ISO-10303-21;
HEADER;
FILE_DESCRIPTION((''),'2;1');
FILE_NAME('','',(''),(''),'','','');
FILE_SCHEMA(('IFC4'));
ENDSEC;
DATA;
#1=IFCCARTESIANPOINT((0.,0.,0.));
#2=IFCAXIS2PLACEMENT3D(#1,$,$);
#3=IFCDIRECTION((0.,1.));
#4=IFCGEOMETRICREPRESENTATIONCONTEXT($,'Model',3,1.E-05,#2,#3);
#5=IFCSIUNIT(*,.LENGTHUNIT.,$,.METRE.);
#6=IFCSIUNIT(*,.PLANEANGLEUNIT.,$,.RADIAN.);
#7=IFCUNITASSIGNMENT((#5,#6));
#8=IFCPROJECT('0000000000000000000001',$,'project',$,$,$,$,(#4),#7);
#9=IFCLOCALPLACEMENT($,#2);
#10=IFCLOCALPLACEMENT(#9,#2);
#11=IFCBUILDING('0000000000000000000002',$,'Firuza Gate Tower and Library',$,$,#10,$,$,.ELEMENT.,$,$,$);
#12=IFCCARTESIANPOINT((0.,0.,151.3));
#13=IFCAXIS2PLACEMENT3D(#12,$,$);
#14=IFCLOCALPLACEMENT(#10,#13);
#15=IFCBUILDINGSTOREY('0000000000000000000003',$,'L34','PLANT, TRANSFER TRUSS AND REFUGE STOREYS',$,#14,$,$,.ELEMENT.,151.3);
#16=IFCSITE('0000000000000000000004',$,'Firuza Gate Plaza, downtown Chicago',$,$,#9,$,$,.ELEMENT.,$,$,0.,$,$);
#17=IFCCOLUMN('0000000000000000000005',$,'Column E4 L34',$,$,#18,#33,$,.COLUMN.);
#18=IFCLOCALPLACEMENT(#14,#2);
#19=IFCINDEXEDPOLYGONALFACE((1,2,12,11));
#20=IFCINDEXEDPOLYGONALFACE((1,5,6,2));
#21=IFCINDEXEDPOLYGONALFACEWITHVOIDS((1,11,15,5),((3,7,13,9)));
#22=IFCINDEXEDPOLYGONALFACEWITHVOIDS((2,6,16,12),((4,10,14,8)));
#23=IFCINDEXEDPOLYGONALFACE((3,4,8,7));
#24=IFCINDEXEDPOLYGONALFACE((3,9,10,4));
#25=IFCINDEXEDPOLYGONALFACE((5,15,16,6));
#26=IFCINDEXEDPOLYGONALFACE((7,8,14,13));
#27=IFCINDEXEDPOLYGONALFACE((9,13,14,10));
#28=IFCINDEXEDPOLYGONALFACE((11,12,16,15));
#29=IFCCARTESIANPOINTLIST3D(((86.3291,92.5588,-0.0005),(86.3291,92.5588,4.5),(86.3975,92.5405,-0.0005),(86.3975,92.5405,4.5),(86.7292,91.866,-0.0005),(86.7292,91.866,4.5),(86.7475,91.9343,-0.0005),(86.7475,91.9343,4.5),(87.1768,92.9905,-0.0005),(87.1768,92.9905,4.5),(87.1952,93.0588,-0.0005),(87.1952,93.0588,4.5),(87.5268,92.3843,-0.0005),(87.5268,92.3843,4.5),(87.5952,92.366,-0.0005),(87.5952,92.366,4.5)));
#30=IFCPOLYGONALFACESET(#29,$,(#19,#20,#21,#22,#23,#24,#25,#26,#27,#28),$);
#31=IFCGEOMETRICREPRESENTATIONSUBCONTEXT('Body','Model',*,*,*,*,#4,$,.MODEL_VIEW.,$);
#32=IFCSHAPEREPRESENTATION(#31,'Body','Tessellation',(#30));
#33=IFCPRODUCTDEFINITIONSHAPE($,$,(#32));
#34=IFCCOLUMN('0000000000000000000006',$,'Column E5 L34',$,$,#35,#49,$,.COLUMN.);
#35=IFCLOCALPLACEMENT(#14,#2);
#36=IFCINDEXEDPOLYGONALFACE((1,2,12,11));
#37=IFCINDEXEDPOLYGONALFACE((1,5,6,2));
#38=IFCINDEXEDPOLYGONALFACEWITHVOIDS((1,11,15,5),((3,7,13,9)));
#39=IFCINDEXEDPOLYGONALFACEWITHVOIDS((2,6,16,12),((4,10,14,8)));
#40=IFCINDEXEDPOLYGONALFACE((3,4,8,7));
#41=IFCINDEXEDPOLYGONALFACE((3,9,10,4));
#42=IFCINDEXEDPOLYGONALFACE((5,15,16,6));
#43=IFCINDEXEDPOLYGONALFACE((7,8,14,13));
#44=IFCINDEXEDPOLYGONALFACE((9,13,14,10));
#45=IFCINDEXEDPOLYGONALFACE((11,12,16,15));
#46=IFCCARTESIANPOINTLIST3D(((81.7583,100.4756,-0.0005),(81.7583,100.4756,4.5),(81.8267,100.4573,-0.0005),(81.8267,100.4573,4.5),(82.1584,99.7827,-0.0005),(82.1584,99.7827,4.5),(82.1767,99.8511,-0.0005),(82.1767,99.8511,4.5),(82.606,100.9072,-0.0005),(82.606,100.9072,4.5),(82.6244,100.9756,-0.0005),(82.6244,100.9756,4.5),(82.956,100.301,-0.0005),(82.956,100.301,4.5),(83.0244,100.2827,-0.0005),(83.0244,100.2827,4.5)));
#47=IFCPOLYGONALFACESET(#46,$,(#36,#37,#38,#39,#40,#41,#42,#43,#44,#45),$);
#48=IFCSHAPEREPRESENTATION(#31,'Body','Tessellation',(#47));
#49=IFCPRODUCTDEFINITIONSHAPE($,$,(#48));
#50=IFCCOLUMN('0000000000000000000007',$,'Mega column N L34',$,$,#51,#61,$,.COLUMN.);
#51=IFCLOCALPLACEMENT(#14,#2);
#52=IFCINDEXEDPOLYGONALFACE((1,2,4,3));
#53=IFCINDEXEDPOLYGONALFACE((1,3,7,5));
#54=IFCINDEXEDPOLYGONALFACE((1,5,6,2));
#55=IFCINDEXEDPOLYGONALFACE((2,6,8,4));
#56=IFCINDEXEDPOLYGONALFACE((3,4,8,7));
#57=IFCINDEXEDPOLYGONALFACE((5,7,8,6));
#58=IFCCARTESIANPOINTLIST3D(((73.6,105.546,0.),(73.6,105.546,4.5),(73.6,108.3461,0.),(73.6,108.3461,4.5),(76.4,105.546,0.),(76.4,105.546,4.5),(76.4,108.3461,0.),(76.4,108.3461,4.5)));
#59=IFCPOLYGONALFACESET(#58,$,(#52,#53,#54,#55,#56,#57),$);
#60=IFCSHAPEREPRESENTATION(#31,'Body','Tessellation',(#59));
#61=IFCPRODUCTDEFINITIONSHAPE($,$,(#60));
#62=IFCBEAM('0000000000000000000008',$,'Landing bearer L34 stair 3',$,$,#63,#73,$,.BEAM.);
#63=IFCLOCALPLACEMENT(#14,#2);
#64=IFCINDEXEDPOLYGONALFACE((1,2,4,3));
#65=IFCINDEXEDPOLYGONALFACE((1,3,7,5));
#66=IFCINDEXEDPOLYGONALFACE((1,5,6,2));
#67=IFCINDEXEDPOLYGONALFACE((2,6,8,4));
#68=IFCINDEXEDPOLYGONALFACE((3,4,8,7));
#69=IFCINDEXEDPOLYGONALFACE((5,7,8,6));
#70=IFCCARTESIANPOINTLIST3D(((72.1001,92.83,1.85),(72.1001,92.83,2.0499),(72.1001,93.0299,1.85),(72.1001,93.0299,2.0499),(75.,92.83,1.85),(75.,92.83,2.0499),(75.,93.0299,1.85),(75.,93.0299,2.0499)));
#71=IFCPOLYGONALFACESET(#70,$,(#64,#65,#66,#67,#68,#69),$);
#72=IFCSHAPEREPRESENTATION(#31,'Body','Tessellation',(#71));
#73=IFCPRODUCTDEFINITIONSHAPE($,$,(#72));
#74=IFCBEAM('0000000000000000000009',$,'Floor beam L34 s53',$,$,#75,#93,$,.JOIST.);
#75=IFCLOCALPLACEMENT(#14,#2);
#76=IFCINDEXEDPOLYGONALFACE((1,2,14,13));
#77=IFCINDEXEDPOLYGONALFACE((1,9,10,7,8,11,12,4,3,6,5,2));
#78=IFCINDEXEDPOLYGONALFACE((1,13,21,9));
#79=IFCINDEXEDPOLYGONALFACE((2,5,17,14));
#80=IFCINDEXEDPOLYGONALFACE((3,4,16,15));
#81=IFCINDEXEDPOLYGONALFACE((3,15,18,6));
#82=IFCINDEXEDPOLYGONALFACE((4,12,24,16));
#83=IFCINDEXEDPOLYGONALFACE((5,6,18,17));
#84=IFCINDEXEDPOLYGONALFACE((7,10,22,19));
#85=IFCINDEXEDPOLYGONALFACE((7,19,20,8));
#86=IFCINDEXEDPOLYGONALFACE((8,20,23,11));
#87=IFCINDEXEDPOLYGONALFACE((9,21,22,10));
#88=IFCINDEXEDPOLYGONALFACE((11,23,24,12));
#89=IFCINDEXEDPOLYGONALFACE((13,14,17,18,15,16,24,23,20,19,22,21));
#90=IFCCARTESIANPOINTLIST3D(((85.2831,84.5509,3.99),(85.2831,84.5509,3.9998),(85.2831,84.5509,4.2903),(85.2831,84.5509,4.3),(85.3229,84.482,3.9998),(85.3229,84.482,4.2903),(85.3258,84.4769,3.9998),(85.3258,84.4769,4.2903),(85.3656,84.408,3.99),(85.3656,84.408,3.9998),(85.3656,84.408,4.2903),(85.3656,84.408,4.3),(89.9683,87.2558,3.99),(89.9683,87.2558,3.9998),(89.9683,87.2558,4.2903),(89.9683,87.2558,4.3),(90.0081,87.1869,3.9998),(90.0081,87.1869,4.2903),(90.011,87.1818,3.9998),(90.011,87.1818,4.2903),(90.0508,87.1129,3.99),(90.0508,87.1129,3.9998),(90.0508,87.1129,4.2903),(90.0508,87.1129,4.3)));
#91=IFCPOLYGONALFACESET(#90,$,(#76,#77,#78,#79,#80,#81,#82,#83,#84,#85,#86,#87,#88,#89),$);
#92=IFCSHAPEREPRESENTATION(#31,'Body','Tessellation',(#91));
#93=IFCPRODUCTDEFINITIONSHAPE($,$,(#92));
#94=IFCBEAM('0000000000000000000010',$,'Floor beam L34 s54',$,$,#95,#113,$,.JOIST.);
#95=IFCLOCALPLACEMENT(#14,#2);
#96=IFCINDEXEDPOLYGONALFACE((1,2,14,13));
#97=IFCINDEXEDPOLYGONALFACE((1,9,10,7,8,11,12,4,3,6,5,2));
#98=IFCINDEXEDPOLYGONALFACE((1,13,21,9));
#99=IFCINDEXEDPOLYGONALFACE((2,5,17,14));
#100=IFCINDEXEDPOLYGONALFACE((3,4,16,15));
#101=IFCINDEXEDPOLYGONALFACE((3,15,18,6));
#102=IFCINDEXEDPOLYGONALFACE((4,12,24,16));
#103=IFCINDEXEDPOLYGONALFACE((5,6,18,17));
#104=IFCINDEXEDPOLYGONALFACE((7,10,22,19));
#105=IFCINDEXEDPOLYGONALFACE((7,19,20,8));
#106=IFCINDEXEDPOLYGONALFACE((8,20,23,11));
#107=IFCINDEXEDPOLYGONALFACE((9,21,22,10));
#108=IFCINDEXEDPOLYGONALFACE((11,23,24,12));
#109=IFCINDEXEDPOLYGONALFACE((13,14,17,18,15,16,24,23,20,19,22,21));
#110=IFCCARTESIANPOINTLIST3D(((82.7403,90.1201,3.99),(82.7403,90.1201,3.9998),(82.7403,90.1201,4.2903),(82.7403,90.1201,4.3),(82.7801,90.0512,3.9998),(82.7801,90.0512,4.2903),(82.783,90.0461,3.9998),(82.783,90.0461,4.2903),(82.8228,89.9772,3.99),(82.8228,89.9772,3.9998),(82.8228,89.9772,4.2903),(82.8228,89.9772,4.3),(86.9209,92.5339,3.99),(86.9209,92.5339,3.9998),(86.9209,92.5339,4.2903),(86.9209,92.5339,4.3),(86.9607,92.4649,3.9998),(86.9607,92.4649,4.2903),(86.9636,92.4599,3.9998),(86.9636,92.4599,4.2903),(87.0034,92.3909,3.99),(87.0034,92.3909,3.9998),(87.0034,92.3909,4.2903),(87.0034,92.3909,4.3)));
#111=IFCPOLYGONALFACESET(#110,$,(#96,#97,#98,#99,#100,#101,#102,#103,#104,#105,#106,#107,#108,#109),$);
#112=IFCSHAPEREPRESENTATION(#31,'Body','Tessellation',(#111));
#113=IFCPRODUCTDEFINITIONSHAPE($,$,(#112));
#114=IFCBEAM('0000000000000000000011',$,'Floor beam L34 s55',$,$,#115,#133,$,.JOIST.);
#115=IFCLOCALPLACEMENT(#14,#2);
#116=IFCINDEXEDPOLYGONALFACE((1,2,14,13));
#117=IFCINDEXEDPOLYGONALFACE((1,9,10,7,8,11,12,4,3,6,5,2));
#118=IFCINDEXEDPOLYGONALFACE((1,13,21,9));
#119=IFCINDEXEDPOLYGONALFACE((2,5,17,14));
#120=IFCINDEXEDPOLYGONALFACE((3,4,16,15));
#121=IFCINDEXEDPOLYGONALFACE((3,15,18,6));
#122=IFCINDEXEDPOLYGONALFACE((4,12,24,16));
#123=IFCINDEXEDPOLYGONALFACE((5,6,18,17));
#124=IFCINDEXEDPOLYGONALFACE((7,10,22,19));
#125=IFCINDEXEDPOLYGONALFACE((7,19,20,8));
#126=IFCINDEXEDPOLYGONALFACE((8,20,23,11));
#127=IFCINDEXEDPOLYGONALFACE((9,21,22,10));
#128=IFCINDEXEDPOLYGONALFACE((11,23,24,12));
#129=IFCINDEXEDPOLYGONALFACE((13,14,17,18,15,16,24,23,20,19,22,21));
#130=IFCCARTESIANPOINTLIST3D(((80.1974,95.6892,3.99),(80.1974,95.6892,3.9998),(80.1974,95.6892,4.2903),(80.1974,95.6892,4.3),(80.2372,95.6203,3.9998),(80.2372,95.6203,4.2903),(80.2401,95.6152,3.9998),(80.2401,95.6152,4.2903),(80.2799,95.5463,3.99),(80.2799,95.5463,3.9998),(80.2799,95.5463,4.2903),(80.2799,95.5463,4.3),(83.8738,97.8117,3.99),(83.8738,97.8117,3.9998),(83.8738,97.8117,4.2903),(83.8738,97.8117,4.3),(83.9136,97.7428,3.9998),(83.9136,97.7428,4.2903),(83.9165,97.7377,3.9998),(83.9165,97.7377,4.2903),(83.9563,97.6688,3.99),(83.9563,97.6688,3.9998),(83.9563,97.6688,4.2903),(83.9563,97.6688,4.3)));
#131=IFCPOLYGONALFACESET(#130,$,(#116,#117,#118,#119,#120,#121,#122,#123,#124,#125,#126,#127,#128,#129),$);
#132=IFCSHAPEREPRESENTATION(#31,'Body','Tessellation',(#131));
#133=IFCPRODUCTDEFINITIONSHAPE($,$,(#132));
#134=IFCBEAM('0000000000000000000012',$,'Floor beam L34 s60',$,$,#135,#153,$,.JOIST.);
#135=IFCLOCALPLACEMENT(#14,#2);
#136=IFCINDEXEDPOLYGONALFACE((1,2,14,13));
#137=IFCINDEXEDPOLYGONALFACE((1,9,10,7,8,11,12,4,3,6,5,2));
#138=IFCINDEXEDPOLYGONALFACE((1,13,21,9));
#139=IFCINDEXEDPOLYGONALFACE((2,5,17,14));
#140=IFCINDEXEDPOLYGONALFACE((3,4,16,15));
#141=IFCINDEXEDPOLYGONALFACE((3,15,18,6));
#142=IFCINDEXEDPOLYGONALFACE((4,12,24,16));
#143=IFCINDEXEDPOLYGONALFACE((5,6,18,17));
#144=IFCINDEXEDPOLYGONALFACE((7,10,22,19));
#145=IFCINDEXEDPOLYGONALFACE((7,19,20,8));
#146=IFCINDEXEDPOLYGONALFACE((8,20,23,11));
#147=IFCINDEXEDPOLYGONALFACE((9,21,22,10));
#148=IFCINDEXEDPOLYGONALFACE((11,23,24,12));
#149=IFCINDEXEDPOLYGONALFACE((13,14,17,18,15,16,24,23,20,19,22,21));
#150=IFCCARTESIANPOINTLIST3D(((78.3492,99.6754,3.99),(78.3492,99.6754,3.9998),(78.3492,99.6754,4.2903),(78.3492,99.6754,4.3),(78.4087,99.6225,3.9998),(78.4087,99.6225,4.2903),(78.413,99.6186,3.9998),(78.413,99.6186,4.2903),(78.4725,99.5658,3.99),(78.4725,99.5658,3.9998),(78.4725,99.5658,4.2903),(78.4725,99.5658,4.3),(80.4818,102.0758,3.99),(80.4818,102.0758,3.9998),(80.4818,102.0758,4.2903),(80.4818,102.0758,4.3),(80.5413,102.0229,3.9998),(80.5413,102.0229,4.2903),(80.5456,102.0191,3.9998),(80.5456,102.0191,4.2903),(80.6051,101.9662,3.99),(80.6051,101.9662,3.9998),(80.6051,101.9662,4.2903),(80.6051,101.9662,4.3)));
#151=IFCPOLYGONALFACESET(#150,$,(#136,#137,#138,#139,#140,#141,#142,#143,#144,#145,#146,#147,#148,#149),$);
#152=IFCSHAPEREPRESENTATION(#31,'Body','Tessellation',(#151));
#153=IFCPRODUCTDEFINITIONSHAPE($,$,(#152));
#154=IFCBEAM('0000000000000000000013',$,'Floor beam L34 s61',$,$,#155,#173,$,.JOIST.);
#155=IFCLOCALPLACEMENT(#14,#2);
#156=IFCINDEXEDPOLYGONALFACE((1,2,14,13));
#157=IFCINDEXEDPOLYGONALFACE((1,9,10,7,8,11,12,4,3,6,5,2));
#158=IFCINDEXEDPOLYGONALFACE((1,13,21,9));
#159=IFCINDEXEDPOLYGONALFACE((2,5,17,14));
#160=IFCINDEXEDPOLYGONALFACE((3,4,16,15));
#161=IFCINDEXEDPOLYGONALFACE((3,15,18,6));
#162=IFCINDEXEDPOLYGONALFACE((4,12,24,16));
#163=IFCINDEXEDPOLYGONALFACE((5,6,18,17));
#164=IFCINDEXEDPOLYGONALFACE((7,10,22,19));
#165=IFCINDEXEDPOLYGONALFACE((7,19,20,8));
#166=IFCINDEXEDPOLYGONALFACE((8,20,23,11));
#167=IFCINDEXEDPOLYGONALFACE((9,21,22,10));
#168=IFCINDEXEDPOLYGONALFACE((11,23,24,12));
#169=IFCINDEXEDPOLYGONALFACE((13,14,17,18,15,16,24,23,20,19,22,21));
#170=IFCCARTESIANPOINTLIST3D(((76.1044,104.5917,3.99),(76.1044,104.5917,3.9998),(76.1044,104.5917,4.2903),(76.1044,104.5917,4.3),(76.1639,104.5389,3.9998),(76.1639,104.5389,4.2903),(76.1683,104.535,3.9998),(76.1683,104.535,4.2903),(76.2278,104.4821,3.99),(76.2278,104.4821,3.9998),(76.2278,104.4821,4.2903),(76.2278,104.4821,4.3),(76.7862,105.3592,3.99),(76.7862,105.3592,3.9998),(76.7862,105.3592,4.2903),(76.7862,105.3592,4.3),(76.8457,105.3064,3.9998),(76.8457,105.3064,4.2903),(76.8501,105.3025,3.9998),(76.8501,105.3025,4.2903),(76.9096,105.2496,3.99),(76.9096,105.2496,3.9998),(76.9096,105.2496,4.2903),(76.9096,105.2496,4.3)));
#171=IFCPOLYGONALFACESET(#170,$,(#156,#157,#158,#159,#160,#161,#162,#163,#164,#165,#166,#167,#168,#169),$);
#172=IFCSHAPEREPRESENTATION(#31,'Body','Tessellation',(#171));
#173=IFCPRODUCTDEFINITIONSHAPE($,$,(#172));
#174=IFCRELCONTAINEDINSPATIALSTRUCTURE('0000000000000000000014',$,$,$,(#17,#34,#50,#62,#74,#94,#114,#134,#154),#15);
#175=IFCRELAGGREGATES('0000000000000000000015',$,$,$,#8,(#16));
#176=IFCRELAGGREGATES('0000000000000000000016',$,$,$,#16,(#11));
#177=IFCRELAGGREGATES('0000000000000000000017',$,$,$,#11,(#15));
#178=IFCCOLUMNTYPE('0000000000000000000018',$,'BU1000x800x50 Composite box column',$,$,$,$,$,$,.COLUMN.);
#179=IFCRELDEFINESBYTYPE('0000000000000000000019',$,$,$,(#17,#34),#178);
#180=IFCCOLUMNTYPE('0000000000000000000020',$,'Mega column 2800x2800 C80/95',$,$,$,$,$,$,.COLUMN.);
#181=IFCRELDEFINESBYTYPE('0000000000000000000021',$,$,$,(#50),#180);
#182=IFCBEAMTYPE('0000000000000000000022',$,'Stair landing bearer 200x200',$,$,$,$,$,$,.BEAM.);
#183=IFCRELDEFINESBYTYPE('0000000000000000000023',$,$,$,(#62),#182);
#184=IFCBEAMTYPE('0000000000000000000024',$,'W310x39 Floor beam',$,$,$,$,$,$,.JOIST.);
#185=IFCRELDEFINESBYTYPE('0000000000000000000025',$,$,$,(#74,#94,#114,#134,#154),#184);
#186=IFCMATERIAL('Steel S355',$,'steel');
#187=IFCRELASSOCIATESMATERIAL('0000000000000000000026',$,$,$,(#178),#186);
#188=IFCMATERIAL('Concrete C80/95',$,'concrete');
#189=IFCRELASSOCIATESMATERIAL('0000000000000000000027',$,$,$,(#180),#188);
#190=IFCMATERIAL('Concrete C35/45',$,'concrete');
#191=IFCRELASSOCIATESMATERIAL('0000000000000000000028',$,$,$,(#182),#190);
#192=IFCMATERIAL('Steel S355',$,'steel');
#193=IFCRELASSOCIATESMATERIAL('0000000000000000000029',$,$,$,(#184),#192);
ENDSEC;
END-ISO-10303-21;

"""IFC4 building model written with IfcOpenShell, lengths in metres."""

from ifc_helpers import new_model, si_unit, direction, frame, origin, origin_2d, place, context, subcontext, project, spatial, rectangle, hollow_rectangle, i_section, extrude, material, material_profile, profile_set, type_object, element, save


model = new_model("IFC4")

# Units and contexts
model_context = context("Model", 3, precision=1e-05, world=origin(), true_north=direction((0.0, 1.0)))
body_context = subcontext(model_context, "Body", "Model", "MODEL_VIEW")
ifc_project = project(units=[si_unit("LENGTHUNIT", "METRE"), si_unit("PLANEANGLEUNIT", "RADIAN")], contexts=[model_context])

# Site, building, storey
site_placement = place(None, origin())
site = spatial("IfcSite", under=ifc_project, at=site_placement, Name="Firuza Gate Plaza, downtown Chicago", CompositionType="ELEMENT", RefElevation=0.0)
building_placement = place(site_placement, origin())
building = spatial("IfcBuilding", under=site, at=building_placement, Name="Firuza Gate Tower and Library", CompositionType="ELEMENT")
storey_placement = place(building_placement, frame((0.0, 0.0, 151.3)))
storey = spatial("IfcBuildingStorey", under=building, at=storey_placement, Name="L34", Description="PLANT, TRANSFER TRUSS AND REFUGE STOREYS", CompositionType="ELEMENT", Elevation=151.3)

# Columns
ifc_material_1 = material(Name="Steel S355", Category="steel")
ifc_material_profile_1 = material_profile(ifc_material_1, hollow_rectangle(XDim=0.8, YDim=1.0, WallThickness=0.05, at=origin_2d()))
ifc_profile_set_1 = profile_set([ifc_material_profile_1], Name="Steel S355")
column_type_1 = type_object("IfcColumnType", Name="BU1000x800x50 Composite box column", PredefinedType="COLUMN", material=ifc_profile_set_1)
for number, where, z_axis, x_axis, name in (
    (1, (86.9622, 92.4624, -0.0005), (0.0, 0.0, 1.0), (-0.5, 0.866025, 0.0), "Column E4 L34"),
    (2, (82.3914, 100.3792, -0.0005), (0.0, 0.0, 1.0), (-0.5, 0.866025, 0.0), "Column E5 L34"),
):
    element("IfcColumn", number, at=place(storey_placement, frame(where, z_axis=z_axis, x_axis=x_axis)), inside=storey, type_object=column_type_1, Name=name, PredefinedType="COLUMN", context=body_context, shape_type="SweptSolid", body=[
        extrude(hollow_rectangle(XDim=0.8, YDim=1.0, WallThickness=0.05, at=origin_2d()), origin(), (0.0, 0.0, 1.0), 4.5005),
    ])
ifc_material_2 = material(Name="Concrete C80/95", Category="concrete")
ifc_material_profile_2 = material_profile(ifc_material_2, rectangle(XDim=2.8, YDim=2.8, at=origin_2d()))
ifc_profile_set_2 = profile_set([ifc_material_profile_2], Name="Concrete C80/95")
column_type_2 = type_object("IfcColumnType", Name="Mega column 2800x2800 C80/95", PredefinedType="COLUMN", material=ifc_profile_set_2)
column_placement = place(storey_placement, frame((75.0, 106.946, 0.0), z_axis=(0.0, 0.0, 1.0), x_axis=(-1.0, 0.0, 0.0)))
element("IfcColumn", 3, at=column_placement, inside=storey, type_object=column_type_2, Name="Mega column N L34", PredefinedType="COLUMN", context=body_context, shape_type="SweptSolid", body=[
    extrude(rectangle(XDim=2.8, YDim=2.8, at=origin_2d()), origin(), (0.0, 0.0, 1.0), 4.5),
])

# Beams
ifc_material_3 = material(Name="Concrete C35/45", Category="concrete")
ifc_material_profile_3 = material_profile(ifc_material_3, rectangle(XDim=0.2, YDim=0.2, at=origin_2d()))
ifc_profile_set_3 = profile_set([ifc_material_profile_3], Name="Concrete C35/45")
beam_type_1 = type_object("IfcBeamType", Name="Stair landing bearer 200x200", PredefinedType="BEAM", material=ifc_profile_set_3)
beam_1_placement = place(storey_placement, frame((75.0, 92.9299, 1.95), z_axis=(-1.0, 0.0, 0.0), x_axis=(0.0, -1.0, 0.0)))
element("IfcBeam", 4, at=beam_1_placement, inside=storey, type_object=beam_type_1, Name="Landing bearer L34 stair 3", PredefinedType="BEAM", context=body_context, shape_type="SweptSolid", body=[
    extrude(rectangle(XDim=0.2, YDim=0.2, at=origin_2d()), origin(), (0.0, 0.0, 1.0), 2.8999),
])
ifc_material_4 = material(Name="Steel S355", Category="steel")
ifc_material_profile_4 = material_profile(ifc_material_4, i_section(OverallWidth=0.165, OverallDepth=0.3101, WebThickness=0.0059, FlangeThickness=0.0098, at=origin_2d()))
ifc_profile_set_4 = profile_set([ifc_material_profile_4], Name="Steel S355")
beam_type_2 = type_object("IfcBeamType", Name="W310x39 Floor beam", PredefinedType="JOIST", material=ifc_profile_set_4)
beam_2_placement = place(storey_placement, frame((90.0095, 87.1843, 4.145), z_axis=(-0.866032, -0.499988, 0.0), x_axis=(0.499988, -0.866032, 0.0)))
element("IfcBeam", 5, at=beam_2_placement, inside=storey, type_object=beam_type_2, Name="Floor beam L34 s53", PredefinedType="JOIST", context=body_context, shape_type="SweptSolid", body=[
    extrude(i_section(OverallWidth=0.165, OverallDepth=0.3101, WebThickness=0.0059, FlangeThickness=0.0098, at=origin_2d()), origin(), (0.0, 0.0, 1.0), 5.4099),
])
beam_3_placement = place(storey_placement, frame((86.9622, 92.4624, 4.145), z_axis=(-0.866015, -0.500017, 0.0), x_axis=(0.500017, -0.866015, 0.0)))
element("IfcBeam", 6, at=beam_3_placement, inside=storey, type_object=beam_type_2, Name="Floor beam L34 s54", PredefinedType="JOIST", context=body_context, shape_type="SweptSolid", body=[
    extrude(i_section(OverallWidth=0.165, OverallDepth=0.3101, WebThickness=0.0059, FlangeThickness=0.0098, at=origin_2d()), origin(), (0.0, 0.0, 1.0), 4.8274),
])
beam_4_placement = place(storey_placement, frame((83.915, 97.7402, 4.145), z_axis=(-0.866033, -0.499986, 0.0), x_axis=(0.499986, -0.866033, 0.0)))
element("IfcBeam", 7, at=beam_4_placement, inside=storey, type_object=beam_type_2, Name="Floor beam L34 s55", PredefinedType="JOIST", context=body_context, shape_type="SweptSolid", body=[
    extrude(i_section(OverallWidth=0.165, OverallDepth=0.3101, WebThickness=0.0059, FlangeThickness=0.0098, at=origin_2d()), origin(), (0.0, 0.0, 1.0), 4.2451),
])
beam_5_placement = place(storey_placement, frame((80.5435, 102.021, 4.145), z_axis=(-0.66417, -0.747581, 0.0), x_axis=(0.747581, -0.66417, 0.0)))
element("IfcBeam", 8, at=beam_5_placement, inside=storey, type_object=beam_type_2, Name="Floor beam L34 s60", PredefinedType="JOIST", context=body_context, shape_type="SweptSolid", body=[
    extrude(i_section(OverallWidth=0.165, OverallDepth=0.3101, WebThickness=0.0059, FlangeThickness=0.0098, at=origin_2d()), origin(), (0.0, 0.0, 1.0), 3.2109),
])
beam_6_placement = place(storey_placement, frame((76.8479, 105.3044, 4.145), z_axis=(-0.664142, -0.747606, 0.0), x_axis=(0.747606, -0.664142, 0.0)))
element("IfcBeam", 9, at=beam_6_placement, inside=storey, type_object=beam_type_2, Name="Floor beam L34 s61", PredefinedType="JOIST", context=body_context, shape_type="SweptSolid", body=[
    extrude(i_section(OverallWidth=0.165, OverallDepth=0.3101, WebThickness=0.0059, FlangeThickness=0.0098, at=origin_2d()), origin(), (0.0, 0.0, 1.0), 1.0266),
])

save(model, "model.ifc")
